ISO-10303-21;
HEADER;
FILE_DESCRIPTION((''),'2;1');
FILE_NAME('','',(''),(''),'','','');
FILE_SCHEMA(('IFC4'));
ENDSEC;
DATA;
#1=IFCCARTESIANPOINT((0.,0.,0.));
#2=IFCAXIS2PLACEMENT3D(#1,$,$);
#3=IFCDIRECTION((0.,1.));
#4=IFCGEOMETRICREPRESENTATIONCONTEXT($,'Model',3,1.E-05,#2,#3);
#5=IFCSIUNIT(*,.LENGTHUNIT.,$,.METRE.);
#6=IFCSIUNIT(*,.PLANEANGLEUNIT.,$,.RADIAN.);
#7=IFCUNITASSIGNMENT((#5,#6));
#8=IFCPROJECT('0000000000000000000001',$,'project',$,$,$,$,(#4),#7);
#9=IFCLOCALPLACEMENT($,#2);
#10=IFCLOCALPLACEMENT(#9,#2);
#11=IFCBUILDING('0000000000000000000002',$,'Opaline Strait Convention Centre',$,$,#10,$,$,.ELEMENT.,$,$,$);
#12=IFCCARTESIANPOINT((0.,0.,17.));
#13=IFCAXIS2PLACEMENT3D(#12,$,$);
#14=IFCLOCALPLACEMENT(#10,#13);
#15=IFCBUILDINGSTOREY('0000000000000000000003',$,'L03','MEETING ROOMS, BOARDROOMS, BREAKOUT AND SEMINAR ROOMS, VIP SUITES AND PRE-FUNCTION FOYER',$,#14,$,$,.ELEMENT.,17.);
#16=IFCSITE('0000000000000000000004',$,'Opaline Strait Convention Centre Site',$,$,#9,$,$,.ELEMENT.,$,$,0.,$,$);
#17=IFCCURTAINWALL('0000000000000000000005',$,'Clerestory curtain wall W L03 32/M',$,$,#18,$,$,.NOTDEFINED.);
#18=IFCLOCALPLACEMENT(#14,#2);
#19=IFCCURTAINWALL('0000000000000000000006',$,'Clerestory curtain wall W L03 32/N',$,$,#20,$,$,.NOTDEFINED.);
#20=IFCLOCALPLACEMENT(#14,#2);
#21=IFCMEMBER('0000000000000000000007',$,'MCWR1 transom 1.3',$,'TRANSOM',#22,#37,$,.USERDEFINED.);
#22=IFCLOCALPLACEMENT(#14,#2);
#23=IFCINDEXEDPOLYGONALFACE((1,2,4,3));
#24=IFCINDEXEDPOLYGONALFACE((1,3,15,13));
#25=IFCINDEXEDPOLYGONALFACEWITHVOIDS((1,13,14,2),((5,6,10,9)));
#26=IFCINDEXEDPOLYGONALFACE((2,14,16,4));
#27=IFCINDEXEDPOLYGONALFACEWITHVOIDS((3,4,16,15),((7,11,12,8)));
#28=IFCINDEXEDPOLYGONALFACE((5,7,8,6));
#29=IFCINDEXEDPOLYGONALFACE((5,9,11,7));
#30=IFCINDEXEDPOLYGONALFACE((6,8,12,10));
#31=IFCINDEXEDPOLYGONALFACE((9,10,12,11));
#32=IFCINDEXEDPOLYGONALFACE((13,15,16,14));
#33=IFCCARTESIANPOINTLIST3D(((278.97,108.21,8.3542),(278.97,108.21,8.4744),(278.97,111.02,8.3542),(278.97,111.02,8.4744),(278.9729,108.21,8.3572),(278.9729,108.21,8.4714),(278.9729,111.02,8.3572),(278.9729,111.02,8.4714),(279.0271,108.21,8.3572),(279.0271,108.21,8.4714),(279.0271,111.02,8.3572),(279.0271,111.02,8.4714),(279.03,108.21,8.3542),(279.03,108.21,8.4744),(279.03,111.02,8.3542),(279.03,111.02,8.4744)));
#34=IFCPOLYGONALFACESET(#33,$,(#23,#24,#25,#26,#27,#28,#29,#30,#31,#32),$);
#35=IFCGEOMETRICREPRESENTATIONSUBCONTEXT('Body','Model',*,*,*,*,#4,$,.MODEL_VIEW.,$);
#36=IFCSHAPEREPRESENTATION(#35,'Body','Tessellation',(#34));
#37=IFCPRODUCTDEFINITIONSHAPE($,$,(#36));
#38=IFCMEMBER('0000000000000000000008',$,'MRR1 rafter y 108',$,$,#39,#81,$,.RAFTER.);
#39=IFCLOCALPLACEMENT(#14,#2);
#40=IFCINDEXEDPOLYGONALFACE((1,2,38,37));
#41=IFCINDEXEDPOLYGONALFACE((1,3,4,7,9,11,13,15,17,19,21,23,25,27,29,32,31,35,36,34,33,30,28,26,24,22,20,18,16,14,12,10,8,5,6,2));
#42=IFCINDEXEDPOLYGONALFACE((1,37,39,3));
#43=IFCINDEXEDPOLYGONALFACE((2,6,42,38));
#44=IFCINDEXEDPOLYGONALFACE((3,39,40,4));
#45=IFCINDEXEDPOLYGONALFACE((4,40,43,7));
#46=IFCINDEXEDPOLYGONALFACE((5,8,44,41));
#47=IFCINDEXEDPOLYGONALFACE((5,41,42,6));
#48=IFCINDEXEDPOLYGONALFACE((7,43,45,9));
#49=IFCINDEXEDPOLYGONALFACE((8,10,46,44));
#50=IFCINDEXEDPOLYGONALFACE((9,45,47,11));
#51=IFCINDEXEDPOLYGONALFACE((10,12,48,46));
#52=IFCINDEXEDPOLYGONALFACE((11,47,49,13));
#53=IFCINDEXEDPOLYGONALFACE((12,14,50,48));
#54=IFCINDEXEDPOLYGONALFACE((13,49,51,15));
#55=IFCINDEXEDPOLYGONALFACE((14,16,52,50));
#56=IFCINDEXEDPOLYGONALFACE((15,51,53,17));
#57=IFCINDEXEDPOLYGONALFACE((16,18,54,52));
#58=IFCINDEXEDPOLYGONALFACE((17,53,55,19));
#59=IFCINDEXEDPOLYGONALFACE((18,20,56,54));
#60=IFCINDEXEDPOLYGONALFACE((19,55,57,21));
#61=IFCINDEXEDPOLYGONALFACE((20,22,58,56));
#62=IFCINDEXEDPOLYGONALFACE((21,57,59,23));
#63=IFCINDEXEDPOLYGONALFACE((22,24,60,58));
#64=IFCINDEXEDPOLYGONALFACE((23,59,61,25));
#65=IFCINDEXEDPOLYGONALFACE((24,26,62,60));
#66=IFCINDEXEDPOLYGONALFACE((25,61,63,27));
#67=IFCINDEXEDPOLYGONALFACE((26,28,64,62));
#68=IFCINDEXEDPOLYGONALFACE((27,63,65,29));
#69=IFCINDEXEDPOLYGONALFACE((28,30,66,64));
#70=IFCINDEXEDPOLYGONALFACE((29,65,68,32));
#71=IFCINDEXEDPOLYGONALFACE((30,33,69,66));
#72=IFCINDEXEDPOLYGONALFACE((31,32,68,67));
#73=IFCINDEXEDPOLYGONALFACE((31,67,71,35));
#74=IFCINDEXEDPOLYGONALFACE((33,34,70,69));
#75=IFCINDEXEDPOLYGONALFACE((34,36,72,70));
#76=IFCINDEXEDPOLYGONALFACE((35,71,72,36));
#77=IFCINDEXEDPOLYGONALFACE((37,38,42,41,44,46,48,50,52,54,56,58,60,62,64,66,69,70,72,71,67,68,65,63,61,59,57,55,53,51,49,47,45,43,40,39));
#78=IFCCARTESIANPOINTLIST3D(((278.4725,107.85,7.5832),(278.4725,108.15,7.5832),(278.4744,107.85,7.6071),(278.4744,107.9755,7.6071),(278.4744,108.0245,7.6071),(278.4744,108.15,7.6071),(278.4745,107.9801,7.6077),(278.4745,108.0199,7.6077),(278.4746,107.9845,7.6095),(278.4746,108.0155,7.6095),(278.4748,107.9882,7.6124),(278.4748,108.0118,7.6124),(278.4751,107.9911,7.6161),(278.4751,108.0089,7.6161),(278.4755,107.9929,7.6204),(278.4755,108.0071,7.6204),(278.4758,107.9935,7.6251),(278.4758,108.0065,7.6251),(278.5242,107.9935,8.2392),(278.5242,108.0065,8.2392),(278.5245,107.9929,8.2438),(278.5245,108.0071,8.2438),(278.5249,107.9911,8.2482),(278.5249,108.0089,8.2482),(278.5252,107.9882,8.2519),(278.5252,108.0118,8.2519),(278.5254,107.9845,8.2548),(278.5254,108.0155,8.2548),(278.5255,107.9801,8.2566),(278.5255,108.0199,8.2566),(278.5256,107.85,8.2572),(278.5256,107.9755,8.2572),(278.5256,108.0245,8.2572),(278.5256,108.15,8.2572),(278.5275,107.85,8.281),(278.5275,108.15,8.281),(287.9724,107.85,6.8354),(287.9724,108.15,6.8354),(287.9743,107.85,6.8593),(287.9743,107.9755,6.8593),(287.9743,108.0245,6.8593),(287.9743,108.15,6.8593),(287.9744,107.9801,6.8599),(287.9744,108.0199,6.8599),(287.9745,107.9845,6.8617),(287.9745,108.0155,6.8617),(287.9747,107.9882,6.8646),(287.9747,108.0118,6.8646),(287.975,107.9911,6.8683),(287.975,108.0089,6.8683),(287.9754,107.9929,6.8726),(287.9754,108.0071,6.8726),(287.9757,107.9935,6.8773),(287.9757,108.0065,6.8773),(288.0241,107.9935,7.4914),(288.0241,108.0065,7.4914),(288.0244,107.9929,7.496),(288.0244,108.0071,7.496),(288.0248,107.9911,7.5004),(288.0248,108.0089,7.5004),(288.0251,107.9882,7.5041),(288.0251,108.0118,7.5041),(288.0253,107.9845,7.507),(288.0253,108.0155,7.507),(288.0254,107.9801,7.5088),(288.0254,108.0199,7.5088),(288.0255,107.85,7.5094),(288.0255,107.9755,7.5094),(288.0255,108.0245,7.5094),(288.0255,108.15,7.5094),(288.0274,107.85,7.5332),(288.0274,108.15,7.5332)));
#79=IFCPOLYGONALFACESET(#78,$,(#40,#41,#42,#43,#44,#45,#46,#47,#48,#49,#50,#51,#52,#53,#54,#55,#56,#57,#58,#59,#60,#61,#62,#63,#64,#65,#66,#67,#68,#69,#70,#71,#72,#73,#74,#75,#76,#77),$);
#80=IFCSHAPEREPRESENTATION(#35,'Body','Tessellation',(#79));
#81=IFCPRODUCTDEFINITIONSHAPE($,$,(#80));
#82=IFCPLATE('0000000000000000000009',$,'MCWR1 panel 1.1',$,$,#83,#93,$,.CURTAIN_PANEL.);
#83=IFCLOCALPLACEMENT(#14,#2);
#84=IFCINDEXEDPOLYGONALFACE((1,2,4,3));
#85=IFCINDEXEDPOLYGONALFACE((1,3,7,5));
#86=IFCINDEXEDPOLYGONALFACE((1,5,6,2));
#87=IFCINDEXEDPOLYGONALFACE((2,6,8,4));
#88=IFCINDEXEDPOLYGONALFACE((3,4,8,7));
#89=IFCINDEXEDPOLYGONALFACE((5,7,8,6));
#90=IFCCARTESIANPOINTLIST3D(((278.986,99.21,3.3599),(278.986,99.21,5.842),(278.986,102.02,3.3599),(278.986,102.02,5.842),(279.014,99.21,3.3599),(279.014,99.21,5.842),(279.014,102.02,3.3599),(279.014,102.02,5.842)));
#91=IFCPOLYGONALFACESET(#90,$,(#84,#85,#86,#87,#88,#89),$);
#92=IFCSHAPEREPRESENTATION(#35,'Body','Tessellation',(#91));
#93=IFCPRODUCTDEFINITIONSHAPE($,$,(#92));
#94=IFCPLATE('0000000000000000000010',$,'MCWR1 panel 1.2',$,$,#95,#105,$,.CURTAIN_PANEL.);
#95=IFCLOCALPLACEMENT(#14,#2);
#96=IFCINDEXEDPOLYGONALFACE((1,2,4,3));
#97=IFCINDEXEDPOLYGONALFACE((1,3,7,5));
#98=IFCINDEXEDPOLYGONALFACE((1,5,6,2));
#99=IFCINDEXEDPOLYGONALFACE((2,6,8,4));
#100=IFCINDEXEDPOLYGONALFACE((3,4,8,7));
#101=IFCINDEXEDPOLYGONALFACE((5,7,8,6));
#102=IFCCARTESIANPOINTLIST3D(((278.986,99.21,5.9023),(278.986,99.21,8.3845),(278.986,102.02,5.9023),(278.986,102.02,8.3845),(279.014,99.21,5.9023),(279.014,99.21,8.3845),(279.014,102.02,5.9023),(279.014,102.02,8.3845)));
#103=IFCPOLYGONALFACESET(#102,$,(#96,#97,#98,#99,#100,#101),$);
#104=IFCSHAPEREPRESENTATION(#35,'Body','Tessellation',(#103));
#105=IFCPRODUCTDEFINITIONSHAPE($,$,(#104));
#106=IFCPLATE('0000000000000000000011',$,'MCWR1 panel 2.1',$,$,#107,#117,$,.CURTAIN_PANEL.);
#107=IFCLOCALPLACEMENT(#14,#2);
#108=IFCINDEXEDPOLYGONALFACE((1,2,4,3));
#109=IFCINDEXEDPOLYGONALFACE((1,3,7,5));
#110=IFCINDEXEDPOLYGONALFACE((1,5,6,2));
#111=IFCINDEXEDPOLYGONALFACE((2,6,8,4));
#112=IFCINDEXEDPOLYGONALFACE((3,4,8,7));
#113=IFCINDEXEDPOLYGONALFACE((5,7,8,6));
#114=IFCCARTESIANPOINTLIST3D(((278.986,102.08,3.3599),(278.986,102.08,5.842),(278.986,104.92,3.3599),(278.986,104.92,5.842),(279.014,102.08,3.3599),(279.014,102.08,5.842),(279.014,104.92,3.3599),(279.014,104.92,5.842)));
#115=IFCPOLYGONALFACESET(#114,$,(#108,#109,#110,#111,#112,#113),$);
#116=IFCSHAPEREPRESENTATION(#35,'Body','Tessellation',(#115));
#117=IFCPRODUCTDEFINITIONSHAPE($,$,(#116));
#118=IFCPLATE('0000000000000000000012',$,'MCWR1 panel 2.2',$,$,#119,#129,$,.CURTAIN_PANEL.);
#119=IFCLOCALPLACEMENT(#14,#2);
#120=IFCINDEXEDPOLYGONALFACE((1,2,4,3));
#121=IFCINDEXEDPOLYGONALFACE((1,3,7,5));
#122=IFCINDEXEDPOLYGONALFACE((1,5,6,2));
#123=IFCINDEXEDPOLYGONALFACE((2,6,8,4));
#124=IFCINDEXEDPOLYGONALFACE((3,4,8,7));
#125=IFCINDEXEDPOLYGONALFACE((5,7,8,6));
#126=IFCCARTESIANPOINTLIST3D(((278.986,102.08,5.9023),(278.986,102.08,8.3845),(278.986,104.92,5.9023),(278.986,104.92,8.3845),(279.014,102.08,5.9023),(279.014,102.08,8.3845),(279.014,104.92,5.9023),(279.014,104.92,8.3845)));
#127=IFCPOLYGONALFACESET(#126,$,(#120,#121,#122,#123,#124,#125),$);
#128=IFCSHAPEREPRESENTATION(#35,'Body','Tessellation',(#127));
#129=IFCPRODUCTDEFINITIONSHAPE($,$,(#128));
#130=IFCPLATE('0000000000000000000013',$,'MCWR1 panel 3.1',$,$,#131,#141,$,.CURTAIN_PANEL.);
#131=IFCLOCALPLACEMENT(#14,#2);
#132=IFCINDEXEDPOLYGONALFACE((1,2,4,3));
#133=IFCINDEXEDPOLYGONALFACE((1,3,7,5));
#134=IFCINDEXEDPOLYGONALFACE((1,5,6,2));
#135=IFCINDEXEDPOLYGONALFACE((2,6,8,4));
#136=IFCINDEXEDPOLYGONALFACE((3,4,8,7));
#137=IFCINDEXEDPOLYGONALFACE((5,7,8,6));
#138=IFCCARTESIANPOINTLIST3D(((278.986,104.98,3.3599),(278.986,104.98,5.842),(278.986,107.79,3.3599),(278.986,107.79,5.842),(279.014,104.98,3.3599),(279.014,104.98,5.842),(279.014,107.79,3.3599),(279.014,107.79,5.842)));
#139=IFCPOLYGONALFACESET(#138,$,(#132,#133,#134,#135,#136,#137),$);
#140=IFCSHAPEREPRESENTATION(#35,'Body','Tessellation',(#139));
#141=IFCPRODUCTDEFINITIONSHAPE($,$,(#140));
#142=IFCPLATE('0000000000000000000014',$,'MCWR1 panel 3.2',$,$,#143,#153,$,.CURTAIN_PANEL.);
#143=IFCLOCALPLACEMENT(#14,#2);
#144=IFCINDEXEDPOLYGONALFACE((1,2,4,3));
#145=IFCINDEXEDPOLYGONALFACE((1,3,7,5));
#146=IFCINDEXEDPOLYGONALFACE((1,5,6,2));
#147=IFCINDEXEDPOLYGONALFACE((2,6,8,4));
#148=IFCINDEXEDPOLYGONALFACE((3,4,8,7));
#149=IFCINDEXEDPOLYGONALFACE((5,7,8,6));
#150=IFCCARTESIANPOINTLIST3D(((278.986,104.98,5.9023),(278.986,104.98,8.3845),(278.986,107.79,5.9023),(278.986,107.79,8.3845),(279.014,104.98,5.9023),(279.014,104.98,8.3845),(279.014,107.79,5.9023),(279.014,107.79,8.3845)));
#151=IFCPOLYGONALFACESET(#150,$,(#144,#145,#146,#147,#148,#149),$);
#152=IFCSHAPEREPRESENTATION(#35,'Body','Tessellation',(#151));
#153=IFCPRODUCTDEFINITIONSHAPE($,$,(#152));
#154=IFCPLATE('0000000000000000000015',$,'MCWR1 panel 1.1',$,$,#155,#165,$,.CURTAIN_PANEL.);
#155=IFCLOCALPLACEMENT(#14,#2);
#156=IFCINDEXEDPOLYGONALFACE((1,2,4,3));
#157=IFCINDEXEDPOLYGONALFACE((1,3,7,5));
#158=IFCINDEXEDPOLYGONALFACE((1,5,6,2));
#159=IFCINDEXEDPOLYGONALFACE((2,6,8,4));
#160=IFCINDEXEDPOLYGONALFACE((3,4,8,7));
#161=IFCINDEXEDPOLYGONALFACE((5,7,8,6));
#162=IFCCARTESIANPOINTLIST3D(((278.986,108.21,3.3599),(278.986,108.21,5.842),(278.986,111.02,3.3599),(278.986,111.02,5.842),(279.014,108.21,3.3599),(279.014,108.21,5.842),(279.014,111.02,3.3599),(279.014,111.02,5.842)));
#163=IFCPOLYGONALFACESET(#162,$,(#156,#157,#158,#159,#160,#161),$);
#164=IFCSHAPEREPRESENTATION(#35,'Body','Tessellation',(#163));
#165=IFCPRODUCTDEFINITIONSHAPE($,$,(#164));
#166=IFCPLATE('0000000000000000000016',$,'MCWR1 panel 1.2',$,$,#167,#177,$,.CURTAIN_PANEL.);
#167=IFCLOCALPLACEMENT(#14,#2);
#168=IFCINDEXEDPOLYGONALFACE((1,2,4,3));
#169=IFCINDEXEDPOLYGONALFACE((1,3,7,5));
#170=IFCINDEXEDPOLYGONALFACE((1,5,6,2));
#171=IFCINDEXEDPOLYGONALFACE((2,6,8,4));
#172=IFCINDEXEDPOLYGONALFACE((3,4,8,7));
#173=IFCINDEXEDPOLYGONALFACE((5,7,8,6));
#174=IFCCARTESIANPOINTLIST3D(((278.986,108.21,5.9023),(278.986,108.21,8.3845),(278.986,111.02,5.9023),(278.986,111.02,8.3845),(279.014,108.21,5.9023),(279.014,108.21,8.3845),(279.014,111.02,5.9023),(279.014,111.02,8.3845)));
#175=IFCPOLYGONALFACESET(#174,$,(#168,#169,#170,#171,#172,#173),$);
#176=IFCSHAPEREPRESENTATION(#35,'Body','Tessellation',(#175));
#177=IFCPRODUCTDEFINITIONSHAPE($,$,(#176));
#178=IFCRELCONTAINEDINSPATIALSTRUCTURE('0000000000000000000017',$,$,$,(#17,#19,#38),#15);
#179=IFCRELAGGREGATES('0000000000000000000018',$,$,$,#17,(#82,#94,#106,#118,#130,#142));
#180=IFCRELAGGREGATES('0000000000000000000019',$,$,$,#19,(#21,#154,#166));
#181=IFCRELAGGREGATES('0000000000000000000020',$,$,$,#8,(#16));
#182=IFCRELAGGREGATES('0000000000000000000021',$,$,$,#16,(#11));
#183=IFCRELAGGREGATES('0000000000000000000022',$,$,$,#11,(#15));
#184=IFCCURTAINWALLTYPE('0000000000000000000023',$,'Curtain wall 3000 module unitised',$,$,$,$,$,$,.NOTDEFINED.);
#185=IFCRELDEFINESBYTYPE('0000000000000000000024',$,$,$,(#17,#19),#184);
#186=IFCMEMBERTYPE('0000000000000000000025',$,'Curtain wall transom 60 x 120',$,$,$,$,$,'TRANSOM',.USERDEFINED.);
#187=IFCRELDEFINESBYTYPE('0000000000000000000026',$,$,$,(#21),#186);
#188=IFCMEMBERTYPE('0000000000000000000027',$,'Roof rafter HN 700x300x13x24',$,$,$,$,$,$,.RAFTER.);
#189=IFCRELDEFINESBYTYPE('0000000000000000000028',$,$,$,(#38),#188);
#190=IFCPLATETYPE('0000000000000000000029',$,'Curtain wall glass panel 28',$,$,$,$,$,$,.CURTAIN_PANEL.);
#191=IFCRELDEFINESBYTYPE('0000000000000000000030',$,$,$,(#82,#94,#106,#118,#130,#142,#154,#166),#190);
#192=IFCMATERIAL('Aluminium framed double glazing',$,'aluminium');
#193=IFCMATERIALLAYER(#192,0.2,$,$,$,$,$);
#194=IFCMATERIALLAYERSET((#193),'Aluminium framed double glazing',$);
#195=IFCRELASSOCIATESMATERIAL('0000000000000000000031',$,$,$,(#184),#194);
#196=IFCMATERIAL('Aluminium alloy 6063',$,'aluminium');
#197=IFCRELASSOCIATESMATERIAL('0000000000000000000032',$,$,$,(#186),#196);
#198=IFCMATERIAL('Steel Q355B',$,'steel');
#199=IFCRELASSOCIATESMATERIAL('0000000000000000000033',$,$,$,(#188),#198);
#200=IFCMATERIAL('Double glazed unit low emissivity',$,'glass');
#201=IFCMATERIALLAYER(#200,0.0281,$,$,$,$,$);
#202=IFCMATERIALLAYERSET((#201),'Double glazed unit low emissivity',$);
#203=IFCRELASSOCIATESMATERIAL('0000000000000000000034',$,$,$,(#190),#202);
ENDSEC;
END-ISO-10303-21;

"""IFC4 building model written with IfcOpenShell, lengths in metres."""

from ifc_helpers import new_model, si_unit, direction, frame, origin, origin_2d, place, context, subcontext, project, spatial, rectangle, hollow_rectangle, i_section, extrude, material, layer, layer_set, material_profile, profile_set, type_object, element, aggregate, save


model = new_model("IFC4")

# Units and contexts
model_context = context("Model", 3, precision=1e-05, world=origin(), true_north=direction((0.0, 1.0)))
body_context = subcontext(model_context, "Body", "Model", "MODEL_VIEW")
ifc_project = project(units=[si_unit("LENGTHUNIT", "METRE"), si_unit("PLANEANGLEUNIT", "RADIAN")], contexts=[model_context])

# Site, building, storey
site_placement = place(None, origin())
site = spatial("IfcSite", under=ifc_project, at=site_placement, Name="Opaline Strait Convention Centre Site", CompositionType="ELEMENT", RefElevation=0.0)
building_placement = place(site_placement, origin())
building = spatial("IfcBuilding", under=site, at=building_placement, Name="Opaline Strait Convention Centre", CompositionType="ELEMENT")
storey_placement = place(building_placement, frame((0.0, 0.0, 17.0)))
storey = spatial("IfcBuildingStorey", under=building, at=storey_placement, Name="L03", Description="MEETING ROOMS, BOARDROOMS, BREAKOUT AND SEMINAR ROOMS, VIP SUITES AND PRE-FUNCTION FOYER", CompositionType="ELEMENT", Elevation=17.0)

# Shared definitions
ifc_material_1 = material(Name="Steel Q355B", Category="steel")

# Curtain walls
ifc_material_2 = material(Name="Aluminium framed double glazing", Category="aluminium")
ifc_layer_1 = layer(ifc_material_2, 0.2)
ifc_layer_set_1 = layer_set([ifc_layer_1], Name="Aluminium framed double glazing")
curtain_wall_type = type_object("IfcCurtainWallType", Name="Curtain wall 3000 module unitised", PredefinedType="NOTDEFINED", material=ifc_layer_set_1)
curtain_wall_1_placement = place(storey_placement, origin())
curtain_wall_1 = element("IfcCurtainWall", 1, at=curtain_wall_1_placement, inside=storey, type_object=curtain_wall_type, Name="Clerestory curtain wall W L03 32/M", PredefinedType="NOTDEFINED")
ifc_material_3 = material(Name="Aluminium alloy 6063", Category="aluminium")
curtain_wall_2_placement = place(storey_placement, origin())
curtain_wall_2 = element("IfcCurtainWall", 2, at=curtain_wall_2_placement, inside=storey, type_object=curtain_wall_type, Name="Clerestory curtain wall W L03 32/N", PredefinedType="NOTDEFINED")

# Members
ifc_material_profile_1 = material_profile(ifc_material_3, hollow_rectangle(XDim=0.0601, YDim=0.1201, WallThickness=0.0029, at=origin_2d()), Name="TRANSOM 60x120x3")
ifc_profile_set_1 = profile_set([ifc_material_profile_1], Name="Aluminium alloy 6063")
member_type_1 = type_object("IfcMemberType", Name="Curtain wall transom 60 x 120", ElementType="TRANSOM", PredefinedType="USERDEFINED", material=ifc_profile_set_1)
member_1_placement = place(storey_placement, frame((279.0, 108.21, 8.4143), z_axis=(0.0, 1.0, 0.0), x_axis=(-1.0, 0.0, 0.0)))
member_1 = element("IfcMember", 3, at=member_1_placement, type_object=member_type_1, Name="MCWR1 transom 1.3", ObjectType="TRANSOM", PredefinedType="USERDEFINED", context=body_context, shape_type="SweptSolid", body=[
    extrude(hollow_rectangle(XDim=0.0601, YDim=0.1201, WallThickness=0.0029, at=origin_2d()), origin(), (0.0, 0.0, 1.0), 2.8101),
])
ifc_material_profile_2 = material_profile(ifc_material_1, i_section(OverallWidth=0.3, OverallDepth=0.7, WebThickness=0.0129, FlangeThickness=0.0239, FilletRadius=0.0181, at=origin_2d()), Name="HN 700x300x13x24")
ifc_profile_set_2 = profile_set([ifc_material_profile_2], Name="Steel Q355B")
member_type_2 = type_object("IfcMemberType", Name="Roof rafter HN 700x300x13x24", PredefinedType="RAFTER", material=ifc_profile_set_2)
member_2_placement = place(storey_placement, frame((278.5, 108.0, 7.9321), z_axis=(0.996916, 0.0, -0.078473), x_axis=(0.0, 1.0, 0.0)))
element("IfcMember", 4, at=member_2_placement, inside=storey, type_object=member_type_2, Name="MRR1 rafter y 108", PredefinedType="RAFTER", context=body_context, shape_type="SweptSolid", body=[
    extrude(i_section(OverallWidth=0.3, OverallDepth=0.7, WebThickness=0.0129, FlangeThickness=0.0239, FilletRadius=0.0181, at=origin_2d()), origin(), (0.0, 0.0, 1.0), 9.5293),
])

# Plates
ifc_material_4 = material(Name="Double glazed unit low emissivity", Category="glass")
ifc_layer_2 = layer(ifc_material_4, 0.0281)
ifc_layer_set_2 = layer_set([ifc_layer_2], Name="Double glazed unit low emissivity")
plate_type = type_object("IfcPlateType", Name="Curtain wall glass panel 28", PredefinedType="CURTAIN_PANEL", material=ifc_layer_set_2)
plate_1_placement = place(storey_placement, frame((279.0, 100.615, 3.3599), z_axis=(0.0, 0.0, 1.0), x_axis=(0.0, 1.0, 0.0)))
plate_1 = element("IfcPlate", 5, at=plate_1_placement, type_object=plate_type, Name="MCWR1 panel 1.1", PredefinedType="CURTAIN_PANEL", context=body_context, shape_type="SweptSolid", body=[
    extrude(rectangle(XDim=2.8101, YDim=0.0281, at=origin_2d()), origin(), (0.0, 0.0, 1.0), 2.4822),
])
plate_2_placement = place(storey_placement, frame((279.0, 100.615, 5.9023), z_axis=(0.0, 0.0, 1.0), x_axis=(0.0, 1.0, 0.0)))
plate_2 = element("IfcPlate", 6, at=plate_2_placement, type_object=plate_type, Name="MCWR1 panel 1.2", PredefinedType="CURTAIN_PANEL", context=body_context, shape_type="SweptSolid", body=[
    extrude(rectangle(XDim=2.8101, YDim=0.0281, at=origin_2d()), origin(), (0.0, 0.0, 1.0), 2.4822),
])
plate_3_placement = place(storey_placement, frame((279.0, 103.5, 3.3599), z_axis=(0.0, 0.0, 1.0), x_axis=(0.0, 1.0, 0.0)))
plate_3 = element("IfcPlate", 7, at=plate_3_placement, type_object=plate_type, Name="MCWR1 panel 2.1", PredefinedType="CURTAIN_PANEL", context=body_context, shape_type="SweptSolid", body=[
    extrude(rectangle(XDim=2.8401, YDim=0.0281, at=origin_2d()), origin(), (0.0, 0.0, 1.0), 2.4822),
])
plate_4_placement = place(storey_placement, frame((279.0, 103.5, 5.9023), z_axis=(0.0, 0.0, 1.0), x_axis=(0.0, 1.0, 0.0)))
plate_4 = element("IfcPlate", 8, at=plate_4_placement, type_object=plate_type, Name="MCWR1 panel 2.2", PredefinedType="CURTAIN_PANEL", context=body_context, shape_type="SweptSolid", body=[
    extrude(rectangle(XDim=2.8401, YDim=0.0281, at=origin_2d()), origin(), (0.0, 0.0, 1.0), 2.4822),
])
plate_5_placement = place(storey_placement, frame((279.0, 106.385, 3.3599), z_axis=(0.0, 0.0, 1.0), x_axis=(0.0, 1.0, 0.0)))
plate_5 = element("IfcPlate", 9, at=plate_5_placement, type_object=plate_type, Name="MCWR1 panel 3.1", PredefinedType="CURTAIN_PANEL", context=body_context, shape_type="SweptSolid", body=[
    extrude(rectangle(XDim=2.8101, YDim=0.0281, at=origin_2d()), origin(), (0.0, 0.0, 1.0), 2.4822),
])
plate_6_placement = place(storey_placement, frame((279.0, 106.385, 5.9023), z_axis=(0.0, 0.0, 1.0), x_axis=(0.0, 1.0, 0.0)))
plate_6 = element("IfcPlate", 10, at=plate_6_placement, type_object=plate_type, Name="MCWR1 panel 3.2", PredefinedType="CURTAIN_PANEL", context=body_context, shape_type="SweptSolid", body=[
    extrude(rectangle(XDim=2.8101, YDim=0.0281, at=origin_2d()), origin(), (0.0, 0.0, 1.0), 2.4822),
])
aggregate(curtain_wall_1, [plate_1, plate_2, plate_3, plate_4, plate_5, plate_6])
plate_7_placement = place(storey_placement, frame((279.0, 109.615, 3.3599), z_axis=(0.0, 0.0, 1.0), x_axis=(0.0, 1.0, 0.0)))
plate_7 = element("IfcPlate", 11, at=plate_7_placement, type_object=plate_type, Name="MCWR1 panel 1.1", PredefinedType="CURTAIN_PANEL", context=body_context, shape_type="SweptSolid", body=[
    extrude(rectangle(XDim=2.8101, YDim=0.0281, at=origin_2d()), origin(), (0.0, 0.0, 1.0), 2.4822),
])
plate_8_placement = place(storey_placement, frame((279.0, 109.615, 5.9023), z_axis=(0.0, 0.0, 1.0), x_axis=(0.0, 1.0, 0.0)))
plate_8 = element("IfcPlate", 12, at=plate_8_placement, type_object=plate_type, Name="MCWR1 panel 1.2", PredefinedType="CURTAIN_PANEL", context=body_context, shape_type="SweptSolid", body=[
    extrude(rectangle(XDim=2.8101, YDim=0.0281, at=origin_2d()), origin(), (0.0, 0.0, 1.0), 2.4822),
])
aggregate(curtain_wall_2, [member_1, plate_7, plate_8])

save(model, "model.ifc")
